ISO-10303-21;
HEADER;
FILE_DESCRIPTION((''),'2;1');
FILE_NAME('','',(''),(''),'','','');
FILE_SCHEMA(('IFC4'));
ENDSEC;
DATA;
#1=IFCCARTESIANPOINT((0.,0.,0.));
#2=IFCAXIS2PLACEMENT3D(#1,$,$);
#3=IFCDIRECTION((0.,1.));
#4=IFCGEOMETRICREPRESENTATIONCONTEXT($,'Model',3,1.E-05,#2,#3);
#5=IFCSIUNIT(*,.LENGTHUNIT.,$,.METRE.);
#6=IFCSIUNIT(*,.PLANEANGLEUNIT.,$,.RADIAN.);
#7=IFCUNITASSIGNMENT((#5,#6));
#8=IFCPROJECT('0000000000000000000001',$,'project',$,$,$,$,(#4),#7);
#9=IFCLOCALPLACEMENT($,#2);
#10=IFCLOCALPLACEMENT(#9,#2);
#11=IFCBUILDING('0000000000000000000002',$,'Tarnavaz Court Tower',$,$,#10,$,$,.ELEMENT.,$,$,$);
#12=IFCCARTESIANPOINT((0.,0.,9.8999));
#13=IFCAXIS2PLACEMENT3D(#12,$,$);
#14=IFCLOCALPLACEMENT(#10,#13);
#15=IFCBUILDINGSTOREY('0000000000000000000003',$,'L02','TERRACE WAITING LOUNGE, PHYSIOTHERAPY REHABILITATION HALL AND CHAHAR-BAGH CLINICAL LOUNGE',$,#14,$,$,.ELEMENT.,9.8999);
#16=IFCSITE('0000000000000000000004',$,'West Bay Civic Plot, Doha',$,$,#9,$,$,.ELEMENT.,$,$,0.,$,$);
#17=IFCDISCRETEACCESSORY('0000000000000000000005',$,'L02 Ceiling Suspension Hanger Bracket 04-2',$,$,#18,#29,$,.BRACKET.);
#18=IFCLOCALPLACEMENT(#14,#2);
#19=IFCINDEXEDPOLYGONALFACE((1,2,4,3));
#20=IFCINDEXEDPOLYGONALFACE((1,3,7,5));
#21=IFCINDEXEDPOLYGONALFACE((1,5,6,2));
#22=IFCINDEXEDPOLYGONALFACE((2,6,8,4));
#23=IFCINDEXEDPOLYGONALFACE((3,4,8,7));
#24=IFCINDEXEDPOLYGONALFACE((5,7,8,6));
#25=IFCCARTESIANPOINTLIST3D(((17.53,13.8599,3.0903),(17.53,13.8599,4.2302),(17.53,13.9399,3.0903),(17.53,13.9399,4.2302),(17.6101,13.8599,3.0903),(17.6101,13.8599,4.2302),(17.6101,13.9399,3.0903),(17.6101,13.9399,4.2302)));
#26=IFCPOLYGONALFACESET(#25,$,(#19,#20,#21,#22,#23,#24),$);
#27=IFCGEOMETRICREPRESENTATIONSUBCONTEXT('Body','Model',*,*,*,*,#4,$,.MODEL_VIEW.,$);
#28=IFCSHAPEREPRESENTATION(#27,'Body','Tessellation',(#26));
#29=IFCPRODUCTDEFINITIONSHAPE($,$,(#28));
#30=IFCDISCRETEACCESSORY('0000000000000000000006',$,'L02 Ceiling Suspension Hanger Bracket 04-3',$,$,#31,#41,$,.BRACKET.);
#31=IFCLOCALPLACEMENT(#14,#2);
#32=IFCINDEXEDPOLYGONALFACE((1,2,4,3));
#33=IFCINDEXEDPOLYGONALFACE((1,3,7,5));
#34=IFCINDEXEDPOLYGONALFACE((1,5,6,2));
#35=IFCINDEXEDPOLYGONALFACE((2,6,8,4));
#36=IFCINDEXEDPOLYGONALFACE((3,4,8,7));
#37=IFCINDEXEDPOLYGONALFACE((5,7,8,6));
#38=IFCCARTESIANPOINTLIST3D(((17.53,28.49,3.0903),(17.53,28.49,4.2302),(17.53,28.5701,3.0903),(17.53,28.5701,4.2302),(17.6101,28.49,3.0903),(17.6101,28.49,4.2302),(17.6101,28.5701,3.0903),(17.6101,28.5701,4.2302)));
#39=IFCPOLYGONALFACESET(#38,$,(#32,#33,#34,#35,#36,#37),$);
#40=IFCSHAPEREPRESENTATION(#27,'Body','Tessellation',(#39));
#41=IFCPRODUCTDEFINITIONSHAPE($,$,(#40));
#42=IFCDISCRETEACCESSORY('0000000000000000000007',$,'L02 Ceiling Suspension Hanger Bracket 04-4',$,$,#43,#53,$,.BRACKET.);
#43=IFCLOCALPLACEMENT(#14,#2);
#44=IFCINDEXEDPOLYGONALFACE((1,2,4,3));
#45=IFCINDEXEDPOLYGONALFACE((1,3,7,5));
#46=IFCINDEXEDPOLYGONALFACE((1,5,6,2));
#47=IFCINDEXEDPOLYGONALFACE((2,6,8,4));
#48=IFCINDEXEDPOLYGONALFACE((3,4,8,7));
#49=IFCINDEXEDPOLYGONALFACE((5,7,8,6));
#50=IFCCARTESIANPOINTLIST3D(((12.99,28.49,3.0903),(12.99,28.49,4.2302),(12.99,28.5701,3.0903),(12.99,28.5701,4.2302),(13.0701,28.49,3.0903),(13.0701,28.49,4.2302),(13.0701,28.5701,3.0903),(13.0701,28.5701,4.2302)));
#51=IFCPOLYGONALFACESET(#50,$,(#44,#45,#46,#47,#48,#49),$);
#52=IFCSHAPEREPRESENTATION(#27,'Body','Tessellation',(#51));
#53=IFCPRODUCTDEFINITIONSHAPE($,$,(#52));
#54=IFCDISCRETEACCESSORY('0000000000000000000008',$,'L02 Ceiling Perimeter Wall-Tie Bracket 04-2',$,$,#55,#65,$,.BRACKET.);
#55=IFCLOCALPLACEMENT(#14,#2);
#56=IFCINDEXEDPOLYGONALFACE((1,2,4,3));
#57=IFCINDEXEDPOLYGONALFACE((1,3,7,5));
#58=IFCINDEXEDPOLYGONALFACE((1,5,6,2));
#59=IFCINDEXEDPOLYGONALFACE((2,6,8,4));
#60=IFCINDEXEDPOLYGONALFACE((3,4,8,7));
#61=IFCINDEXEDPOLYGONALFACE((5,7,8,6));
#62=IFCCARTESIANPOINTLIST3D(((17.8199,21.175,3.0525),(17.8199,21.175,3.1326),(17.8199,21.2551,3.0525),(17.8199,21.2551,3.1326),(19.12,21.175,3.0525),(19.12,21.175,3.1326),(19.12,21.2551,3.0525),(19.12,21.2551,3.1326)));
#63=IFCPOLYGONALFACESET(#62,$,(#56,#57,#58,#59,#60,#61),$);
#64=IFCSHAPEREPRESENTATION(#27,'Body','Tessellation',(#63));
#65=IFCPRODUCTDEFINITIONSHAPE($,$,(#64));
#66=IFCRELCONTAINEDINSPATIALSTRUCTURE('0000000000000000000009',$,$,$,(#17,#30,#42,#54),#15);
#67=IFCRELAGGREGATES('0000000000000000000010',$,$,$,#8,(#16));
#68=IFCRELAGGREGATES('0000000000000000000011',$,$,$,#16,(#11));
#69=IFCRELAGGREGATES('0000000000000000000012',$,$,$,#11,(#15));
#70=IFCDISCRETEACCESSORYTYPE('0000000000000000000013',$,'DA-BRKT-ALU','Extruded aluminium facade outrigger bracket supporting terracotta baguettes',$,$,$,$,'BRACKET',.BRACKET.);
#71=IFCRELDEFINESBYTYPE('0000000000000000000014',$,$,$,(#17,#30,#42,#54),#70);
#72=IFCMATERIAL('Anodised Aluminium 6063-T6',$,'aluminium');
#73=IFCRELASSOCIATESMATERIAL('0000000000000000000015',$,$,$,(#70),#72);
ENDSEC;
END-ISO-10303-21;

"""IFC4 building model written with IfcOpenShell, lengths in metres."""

from ifc_helpers import new_model, si_unit, direction, frame, origin, origin_2d, place, context, subcontext, project, spatial, rectangle, extrude, material, type_object, element, save


model = new_model("IFC4")

# Units and contexts
model_context = context("Model", 3, precision=1e-05, world=origin(), true_north=direction((0.0, 1.0)))
body_context = subcontext(model_context, "Body", "Model", "MODEL_VIEW")
ifc_project = project(units=[si_unit("LENGTHUNIT", "METRE"), si_unit("PLANEANGLEUNIT", "RADIAN")], contexts=[model_context])

# Site, building, storey
site_placement = place(None, origin())
site = spatial("IfcSite", under=ifc_project, at=site_placement, Name="West Bay Civic Plot, Doha", CompositionType="ELEMENT", RefElevation=0.0)
building_placement = place(site_placement, origin())
building = spatial("IfcBuilding", under=site, at=building_placement, Name="Tarnavaz Court Tower", CompositionType="ELEMENT")
storey_placement = place(building_placement, frame((0.0, 0.0, 9.8999)))
storey = spatial("IfcBuildingStorey", under=building, at=storey_placement, Name="L02", Description="TERRACE WAITING LOUNGE, PHYSIOTHERAPY REHABILITATION HALL AND CHAHAR-BAGH CLINICAL LOUNGE", CompositionType="ELEMENT", Elevation=9.8999)

# Shared definitions
ifc_material_1 = material(Name="Anodised Aluminium 6063-T6", Category="aluminium")

# Discrete accessories
discrete_accessory_type = type_object("IfcDiscreteAccessoryType", Name="DA-BRKT-ALU", Description="Extruded aluminium facade outrigger bracket supporting terracotta baguettes", ElementType="BRACKET", PredefinedType="BRACKET", material=ifc_material_1)
for number, where, z_axis, x_axis, name in (
    (1, (17.5701, 13.8999, 3.0903), (0.0, 0.0, 1.0), (1.0, 0.0, 0.0), "L02 Ceiling Suspension Hanger Bracket 04-2"),
    (2, (17.5701, 28.53, 3.0903), (0.0, 0.0, 1.0), (1.0, 0.0, 0.0), "L02 Ceiling Suspension Hanger Bracket 04-3"),
    (3, (13.03, 28.53, 3.0903), (0.0, 0.0, 1.0), (1.0, 0.0, 0.0), "L02 Ceiling Suspension Hanger Bracket 04-4"),
):
    element("IfcDiscreteAccessory", number, at=place(storey_placement, frame(where, z_axis=z_axis, x_axis=x_axis)), inside=storey, type_object=discrete_accessory_type, Name=name, PredefinedType="BRACKET", context=body_context, shape_type="SweptSolid", body=[
        extrude(rectangle(XDim=0.0801, YDim=0.0801, at=origin_2d()), origin(), (0.0, 0.0, 1.0), 1.1399),
    ])
discrete_accessory_placement = place(storey_placement, frame((18.47, 21.2151, 3.0525), z_axis=(0.0, 0.0, 1.0), x_axis=(1.0, 0.0, 0.0)))
element("IfcDiscreteAccessory", 4, at=discrete_accessory_placement, inside=storey, type_object=discrete_accessory_type, Name="L02 Ceiling Perimeter Wall-Tie Bracket 04-2", PredefinedType="BRACKET", context=body_context, shape_type="SweptSolid", body=[
    extrude(rectangle(XDim=1.3, YDim=0.0801, at=origin_2d()), origin(), (0.0, 0.0, 1.0), 0.0801),
])

save(model, "model.ifc")
